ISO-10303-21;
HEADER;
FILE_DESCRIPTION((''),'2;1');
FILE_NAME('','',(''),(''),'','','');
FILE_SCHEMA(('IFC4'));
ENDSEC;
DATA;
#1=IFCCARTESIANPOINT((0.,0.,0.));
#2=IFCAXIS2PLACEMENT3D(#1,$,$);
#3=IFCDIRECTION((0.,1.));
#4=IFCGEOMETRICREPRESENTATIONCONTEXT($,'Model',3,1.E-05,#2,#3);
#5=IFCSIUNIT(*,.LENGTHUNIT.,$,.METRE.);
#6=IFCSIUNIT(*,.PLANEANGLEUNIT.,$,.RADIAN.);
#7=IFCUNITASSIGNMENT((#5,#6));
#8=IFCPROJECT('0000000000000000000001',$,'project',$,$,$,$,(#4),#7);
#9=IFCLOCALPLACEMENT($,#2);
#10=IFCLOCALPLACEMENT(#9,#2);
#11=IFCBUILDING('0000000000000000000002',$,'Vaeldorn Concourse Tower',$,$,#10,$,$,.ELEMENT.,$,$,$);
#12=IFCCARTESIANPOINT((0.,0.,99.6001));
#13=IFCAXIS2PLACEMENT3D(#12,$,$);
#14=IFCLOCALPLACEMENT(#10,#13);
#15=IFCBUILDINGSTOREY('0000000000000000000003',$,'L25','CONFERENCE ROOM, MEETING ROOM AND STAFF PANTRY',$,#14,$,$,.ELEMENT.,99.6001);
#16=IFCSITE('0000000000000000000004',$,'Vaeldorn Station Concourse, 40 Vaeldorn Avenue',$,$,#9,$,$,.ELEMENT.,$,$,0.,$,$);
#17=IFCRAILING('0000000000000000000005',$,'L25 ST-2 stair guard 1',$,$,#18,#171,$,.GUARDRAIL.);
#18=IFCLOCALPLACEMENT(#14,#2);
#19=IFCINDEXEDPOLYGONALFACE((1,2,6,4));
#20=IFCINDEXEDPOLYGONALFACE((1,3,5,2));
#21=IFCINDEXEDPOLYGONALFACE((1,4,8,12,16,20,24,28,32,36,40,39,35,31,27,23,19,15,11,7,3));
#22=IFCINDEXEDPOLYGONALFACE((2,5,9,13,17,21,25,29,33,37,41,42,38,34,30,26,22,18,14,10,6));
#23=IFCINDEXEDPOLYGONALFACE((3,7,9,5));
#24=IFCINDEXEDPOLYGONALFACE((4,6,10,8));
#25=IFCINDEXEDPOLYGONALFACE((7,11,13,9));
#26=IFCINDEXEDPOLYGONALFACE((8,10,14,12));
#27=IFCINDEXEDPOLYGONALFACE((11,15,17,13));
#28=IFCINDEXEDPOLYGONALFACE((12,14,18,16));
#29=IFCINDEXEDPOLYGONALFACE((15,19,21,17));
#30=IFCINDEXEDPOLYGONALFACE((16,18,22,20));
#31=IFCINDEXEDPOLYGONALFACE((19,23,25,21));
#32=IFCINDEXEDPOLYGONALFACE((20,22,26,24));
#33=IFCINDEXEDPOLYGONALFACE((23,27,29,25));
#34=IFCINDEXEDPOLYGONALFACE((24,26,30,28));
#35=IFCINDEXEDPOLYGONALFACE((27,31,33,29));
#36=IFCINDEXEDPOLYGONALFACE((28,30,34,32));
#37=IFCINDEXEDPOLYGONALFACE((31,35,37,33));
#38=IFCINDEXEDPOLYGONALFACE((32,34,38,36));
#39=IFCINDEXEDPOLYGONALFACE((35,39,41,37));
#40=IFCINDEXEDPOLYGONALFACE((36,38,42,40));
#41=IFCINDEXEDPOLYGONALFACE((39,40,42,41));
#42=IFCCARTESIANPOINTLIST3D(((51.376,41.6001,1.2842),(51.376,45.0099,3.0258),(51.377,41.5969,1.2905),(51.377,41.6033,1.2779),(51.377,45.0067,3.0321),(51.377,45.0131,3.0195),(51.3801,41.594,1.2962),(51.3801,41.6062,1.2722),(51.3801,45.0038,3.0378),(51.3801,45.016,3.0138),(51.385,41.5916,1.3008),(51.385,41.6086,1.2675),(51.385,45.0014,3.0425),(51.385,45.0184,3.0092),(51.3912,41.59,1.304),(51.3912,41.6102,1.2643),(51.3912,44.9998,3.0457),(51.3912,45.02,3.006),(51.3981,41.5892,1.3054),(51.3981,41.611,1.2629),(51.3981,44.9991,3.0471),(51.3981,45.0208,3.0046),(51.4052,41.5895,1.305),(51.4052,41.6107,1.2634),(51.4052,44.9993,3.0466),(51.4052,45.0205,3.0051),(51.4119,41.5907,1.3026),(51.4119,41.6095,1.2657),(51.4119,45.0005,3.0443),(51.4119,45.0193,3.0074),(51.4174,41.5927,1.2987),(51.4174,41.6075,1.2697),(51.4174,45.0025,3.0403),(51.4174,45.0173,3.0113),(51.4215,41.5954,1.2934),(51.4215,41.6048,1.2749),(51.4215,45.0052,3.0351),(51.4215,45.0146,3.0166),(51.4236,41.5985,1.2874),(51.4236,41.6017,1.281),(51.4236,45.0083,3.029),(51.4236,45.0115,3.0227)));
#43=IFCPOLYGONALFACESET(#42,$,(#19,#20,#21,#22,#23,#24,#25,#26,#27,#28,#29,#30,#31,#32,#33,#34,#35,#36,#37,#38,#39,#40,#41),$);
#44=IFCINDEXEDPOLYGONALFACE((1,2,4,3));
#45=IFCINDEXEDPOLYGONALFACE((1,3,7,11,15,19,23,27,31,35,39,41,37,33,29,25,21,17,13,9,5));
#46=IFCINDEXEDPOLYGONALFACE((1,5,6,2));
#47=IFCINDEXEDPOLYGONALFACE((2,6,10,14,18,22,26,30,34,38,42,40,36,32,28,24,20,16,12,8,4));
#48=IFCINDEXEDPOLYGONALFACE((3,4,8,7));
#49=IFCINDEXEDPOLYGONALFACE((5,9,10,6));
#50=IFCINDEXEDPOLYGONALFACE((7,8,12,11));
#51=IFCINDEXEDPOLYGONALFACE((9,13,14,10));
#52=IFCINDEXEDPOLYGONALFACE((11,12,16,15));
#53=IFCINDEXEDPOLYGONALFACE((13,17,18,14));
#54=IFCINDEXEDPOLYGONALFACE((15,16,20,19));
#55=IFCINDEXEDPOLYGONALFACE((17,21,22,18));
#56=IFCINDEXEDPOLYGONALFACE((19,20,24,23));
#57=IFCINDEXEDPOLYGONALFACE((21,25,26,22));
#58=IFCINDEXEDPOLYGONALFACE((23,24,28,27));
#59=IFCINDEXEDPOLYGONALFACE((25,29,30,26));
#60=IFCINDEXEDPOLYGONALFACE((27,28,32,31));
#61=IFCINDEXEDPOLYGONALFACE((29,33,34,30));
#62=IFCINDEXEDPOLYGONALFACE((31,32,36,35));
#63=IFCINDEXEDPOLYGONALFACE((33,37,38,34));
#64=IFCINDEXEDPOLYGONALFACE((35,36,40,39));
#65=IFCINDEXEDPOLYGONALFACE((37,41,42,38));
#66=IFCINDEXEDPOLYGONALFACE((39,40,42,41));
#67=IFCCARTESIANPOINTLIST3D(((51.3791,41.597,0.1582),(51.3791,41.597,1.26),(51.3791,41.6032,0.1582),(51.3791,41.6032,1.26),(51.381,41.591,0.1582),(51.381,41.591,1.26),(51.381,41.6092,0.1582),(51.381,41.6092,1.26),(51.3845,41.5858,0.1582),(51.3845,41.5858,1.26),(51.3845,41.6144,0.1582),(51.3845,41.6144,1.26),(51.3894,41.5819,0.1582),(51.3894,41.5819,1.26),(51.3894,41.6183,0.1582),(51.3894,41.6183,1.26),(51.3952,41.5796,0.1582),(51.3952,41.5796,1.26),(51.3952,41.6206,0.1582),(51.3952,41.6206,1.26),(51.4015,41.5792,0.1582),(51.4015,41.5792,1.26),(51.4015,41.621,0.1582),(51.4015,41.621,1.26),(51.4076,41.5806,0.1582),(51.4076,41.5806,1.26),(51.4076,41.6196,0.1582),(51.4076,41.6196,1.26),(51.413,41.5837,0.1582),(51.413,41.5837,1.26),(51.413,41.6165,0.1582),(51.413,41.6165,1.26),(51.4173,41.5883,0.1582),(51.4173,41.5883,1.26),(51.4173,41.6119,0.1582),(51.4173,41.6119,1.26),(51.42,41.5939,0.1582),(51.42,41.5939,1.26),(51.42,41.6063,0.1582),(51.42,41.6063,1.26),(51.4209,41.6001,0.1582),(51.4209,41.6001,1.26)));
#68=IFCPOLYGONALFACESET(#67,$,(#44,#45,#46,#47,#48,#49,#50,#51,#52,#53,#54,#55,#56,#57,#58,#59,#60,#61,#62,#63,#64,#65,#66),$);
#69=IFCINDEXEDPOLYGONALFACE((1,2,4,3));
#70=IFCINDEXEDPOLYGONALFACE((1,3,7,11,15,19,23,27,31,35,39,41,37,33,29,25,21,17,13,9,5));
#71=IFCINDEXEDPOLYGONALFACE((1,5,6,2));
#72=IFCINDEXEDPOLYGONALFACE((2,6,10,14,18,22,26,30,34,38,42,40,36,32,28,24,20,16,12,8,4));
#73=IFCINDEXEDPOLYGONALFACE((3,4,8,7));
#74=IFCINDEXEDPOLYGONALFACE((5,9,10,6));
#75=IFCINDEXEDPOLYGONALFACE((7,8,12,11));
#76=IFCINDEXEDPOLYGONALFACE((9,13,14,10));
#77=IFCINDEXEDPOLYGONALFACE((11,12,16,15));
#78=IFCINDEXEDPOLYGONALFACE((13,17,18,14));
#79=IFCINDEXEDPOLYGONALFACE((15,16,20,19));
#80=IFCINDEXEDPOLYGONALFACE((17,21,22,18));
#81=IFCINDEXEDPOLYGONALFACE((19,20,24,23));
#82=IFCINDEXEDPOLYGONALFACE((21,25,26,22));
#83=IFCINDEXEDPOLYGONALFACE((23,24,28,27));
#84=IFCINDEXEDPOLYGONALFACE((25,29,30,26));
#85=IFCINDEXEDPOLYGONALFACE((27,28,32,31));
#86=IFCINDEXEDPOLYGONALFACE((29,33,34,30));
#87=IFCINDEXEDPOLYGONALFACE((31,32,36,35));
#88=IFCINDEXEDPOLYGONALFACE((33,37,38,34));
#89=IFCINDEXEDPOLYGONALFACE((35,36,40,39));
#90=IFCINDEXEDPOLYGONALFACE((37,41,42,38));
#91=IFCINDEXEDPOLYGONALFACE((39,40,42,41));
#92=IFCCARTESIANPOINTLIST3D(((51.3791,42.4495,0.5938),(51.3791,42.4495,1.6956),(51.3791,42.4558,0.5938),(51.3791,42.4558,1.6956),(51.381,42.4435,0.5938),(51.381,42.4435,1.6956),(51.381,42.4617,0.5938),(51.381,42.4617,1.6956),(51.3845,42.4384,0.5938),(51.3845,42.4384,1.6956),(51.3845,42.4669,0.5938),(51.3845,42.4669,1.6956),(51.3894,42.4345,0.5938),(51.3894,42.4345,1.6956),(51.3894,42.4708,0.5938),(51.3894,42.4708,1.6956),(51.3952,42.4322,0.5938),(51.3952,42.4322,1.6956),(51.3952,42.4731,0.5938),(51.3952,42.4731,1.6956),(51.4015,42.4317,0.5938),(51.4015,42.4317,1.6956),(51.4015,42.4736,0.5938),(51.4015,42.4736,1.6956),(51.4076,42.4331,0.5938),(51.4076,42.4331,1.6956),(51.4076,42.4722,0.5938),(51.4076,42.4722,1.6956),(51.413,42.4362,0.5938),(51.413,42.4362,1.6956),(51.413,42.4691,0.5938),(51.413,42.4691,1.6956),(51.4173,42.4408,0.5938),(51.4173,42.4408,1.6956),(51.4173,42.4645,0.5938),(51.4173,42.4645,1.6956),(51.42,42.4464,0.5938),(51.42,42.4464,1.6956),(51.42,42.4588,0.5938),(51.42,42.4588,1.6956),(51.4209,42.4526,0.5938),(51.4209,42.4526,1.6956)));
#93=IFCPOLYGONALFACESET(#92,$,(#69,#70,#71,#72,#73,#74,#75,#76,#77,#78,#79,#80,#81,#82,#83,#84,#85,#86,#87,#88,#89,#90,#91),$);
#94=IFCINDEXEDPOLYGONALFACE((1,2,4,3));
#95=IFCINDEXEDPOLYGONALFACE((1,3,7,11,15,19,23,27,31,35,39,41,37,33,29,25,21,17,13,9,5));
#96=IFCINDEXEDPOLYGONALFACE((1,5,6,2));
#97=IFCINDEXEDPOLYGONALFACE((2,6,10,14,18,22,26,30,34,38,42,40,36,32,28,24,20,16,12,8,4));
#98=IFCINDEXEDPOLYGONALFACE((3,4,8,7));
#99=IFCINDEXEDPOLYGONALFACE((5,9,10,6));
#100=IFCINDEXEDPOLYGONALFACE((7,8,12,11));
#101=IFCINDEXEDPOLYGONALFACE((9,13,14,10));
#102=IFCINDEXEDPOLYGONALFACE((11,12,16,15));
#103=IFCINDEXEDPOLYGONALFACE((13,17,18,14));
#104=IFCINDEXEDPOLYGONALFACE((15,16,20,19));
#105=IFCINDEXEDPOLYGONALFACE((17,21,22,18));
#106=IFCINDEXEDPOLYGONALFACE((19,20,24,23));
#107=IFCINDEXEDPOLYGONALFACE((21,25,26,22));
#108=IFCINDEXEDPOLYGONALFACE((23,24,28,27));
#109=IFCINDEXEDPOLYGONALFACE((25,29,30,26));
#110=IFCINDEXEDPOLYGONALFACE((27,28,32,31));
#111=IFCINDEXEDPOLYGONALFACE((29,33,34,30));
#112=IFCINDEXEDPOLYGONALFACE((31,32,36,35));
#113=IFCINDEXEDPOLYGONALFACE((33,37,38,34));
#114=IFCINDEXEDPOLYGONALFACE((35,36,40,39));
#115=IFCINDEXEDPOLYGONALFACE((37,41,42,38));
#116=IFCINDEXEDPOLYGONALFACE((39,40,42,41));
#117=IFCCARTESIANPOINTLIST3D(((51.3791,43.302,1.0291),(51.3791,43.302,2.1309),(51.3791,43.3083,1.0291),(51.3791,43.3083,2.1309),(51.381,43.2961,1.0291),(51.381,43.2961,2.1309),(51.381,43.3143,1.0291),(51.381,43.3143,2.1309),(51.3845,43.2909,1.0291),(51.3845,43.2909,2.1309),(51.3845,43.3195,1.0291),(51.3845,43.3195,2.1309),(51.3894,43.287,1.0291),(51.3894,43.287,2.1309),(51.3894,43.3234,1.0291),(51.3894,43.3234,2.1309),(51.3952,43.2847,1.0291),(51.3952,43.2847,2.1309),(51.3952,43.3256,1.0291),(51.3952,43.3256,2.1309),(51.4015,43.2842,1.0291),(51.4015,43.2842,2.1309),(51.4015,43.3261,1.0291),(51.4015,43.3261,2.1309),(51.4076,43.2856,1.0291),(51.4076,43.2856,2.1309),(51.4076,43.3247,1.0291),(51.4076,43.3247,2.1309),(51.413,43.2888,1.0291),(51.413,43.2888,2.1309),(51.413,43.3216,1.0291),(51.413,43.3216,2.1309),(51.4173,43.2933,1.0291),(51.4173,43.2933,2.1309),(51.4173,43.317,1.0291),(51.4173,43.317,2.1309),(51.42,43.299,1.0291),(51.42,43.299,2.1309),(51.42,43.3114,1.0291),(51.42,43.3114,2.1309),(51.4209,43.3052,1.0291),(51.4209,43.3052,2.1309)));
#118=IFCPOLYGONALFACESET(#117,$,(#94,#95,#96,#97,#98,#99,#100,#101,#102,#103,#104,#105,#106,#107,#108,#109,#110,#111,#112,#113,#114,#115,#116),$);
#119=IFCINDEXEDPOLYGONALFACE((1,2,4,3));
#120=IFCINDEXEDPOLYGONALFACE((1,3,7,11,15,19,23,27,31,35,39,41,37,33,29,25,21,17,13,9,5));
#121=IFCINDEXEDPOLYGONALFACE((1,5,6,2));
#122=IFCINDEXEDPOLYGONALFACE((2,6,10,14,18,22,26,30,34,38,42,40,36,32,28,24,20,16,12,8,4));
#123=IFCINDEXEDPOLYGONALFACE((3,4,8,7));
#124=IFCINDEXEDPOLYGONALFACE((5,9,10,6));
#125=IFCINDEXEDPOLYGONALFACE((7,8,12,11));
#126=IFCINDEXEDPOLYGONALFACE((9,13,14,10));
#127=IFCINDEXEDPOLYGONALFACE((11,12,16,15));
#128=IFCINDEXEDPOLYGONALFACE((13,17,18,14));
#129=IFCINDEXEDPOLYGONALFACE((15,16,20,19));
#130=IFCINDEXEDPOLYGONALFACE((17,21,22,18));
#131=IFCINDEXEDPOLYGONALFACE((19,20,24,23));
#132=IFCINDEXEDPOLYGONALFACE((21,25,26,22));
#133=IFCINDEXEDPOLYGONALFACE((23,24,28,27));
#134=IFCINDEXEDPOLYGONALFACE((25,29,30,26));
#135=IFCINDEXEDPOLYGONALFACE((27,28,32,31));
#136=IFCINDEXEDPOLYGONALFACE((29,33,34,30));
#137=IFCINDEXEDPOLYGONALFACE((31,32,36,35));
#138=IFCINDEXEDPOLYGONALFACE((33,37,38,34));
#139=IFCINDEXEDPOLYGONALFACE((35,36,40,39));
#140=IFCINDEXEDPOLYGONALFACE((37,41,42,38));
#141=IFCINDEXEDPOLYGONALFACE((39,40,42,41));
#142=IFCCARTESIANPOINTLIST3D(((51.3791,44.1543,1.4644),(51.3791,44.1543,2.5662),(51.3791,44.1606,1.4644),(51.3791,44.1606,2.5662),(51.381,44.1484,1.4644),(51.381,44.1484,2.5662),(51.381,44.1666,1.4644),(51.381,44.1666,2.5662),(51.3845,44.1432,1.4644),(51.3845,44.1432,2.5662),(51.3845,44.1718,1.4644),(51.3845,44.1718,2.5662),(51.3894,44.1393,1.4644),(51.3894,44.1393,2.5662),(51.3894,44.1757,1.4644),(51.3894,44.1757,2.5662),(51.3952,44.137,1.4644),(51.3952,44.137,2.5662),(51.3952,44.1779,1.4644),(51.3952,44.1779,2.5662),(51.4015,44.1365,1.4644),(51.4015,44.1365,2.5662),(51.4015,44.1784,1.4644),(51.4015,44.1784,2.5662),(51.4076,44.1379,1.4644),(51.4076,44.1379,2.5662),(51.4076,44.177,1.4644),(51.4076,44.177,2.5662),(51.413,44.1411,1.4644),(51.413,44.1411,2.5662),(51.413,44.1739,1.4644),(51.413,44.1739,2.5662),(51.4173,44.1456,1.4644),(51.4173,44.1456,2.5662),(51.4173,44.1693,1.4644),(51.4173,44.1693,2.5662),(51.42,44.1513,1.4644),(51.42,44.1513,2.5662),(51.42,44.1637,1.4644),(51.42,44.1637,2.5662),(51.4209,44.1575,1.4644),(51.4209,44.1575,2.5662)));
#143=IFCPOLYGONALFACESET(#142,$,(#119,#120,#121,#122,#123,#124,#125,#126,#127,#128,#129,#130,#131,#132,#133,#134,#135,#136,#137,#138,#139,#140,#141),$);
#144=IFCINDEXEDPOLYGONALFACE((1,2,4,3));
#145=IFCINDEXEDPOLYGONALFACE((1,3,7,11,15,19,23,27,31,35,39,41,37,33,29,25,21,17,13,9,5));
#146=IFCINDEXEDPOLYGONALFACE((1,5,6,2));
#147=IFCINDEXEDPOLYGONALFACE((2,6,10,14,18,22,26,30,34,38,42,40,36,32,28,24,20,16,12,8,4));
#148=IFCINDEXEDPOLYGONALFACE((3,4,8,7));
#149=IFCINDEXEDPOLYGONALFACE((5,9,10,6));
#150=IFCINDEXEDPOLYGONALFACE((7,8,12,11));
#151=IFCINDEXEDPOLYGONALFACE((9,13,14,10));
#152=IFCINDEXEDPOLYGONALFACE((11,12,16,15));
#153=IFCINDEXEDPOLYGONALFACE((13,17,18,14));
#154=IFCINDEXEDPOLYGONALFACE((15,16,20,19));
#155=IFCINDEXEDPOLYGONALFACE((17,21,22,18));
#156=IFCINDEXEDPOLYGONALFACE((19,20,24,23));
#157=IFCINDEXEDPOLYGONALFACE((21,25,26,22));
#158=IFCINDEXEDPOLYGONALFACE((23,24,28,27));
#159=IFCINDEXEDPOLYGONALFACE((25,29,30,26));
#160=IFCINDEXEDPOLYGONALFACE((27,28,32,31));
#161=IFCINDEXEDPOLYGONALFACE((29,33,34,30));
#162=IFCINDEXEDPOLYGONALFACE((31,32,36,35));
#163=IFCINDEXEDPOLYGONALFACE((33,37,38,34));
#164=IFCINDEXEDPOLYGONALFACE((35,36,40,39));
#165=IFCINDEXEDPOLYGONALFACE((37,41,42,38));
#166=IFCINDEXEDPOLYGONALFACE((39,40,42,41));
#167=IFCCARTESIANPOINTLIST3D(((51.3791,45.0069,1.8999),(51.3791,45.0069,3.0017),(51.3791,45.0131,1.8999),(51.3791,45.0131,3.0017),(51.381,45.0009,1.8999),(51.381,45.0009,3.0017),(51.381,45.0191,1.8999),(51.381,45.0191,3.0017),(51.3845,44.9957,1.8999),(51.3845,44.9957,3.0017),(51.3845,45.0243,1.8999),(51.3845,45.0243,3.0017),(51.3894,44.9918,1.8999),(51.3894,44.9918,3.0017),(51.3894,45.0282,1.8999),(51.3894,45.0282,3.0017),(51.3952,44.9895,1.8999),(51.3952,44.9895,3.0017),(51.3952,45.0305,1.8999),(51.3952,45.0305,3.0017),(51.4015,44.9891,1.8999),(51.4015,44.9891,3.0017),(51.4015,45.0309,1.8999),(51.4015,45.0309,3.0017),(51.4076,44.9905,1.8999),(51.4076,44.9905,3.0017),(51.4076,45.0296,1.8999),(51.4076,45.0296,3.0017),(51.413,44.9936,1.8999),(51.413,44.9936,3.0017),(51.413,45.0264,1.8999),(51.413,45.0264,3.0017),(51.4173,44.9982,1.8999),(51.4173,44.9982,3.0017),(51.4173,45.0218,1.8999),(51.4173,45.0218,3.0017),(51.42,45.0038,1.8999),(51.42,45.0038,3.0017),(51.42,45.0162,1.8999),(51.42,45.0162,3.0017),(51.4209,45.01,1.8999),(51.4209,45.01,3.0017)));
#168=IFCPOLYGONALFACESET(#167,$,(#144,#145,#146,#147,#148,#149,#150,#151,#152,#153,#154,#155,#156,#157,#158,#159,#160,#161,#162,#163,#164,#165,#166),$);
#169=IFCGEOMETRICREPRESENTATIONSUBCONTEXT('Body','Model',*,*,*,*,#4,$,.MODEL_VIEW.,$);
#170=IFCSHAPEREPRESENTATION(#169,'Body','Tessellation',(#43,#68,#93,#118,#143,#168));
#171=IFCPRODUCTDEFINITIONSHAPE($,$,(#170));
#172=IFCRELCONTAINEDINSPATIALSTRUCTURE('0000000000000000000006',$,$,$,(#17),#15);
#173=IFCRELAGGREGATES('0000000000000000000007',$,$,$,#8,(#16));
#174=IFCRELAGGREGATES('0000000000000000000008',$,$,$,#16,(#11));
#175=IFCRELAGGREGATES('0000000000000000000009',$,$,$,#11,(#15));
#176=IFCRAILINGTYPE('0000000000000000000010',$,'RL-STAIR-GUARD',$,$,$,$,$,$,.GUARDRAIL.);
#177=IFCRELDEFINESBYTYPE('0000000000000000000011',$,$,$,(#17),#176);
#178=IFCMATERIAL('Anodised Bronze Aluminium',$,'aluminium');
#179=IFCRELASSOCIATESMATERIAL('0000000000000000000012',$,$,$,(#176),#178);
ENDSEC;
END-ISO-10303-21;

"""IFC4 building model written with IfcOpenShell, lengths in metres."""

from ifc_helpers import new_model, si_unit, direction, frame, origin, origin_2d, place, context, subcontext, project, spatial, circle, extrude, material, type_object, element, save


model = new_model("IFC4")

# Units and contexts
model_context = context("Model", 3, precision=1e-05, world=origin(), true_north=direction((0.0, 1.0)))
body_context = subcontext(model_context, "Body", "Model", "MODEL_VIEW")
ifc_project = project(units=[si_unit("LENGTHUNIT", "METRE"), si_unit("PLANEANGLEUNIT", "RADIAN")], contexts=[model_context])

# Site, building, storey
site_placement = place(None, origin())
site = spatial("IfcSite", under=ifc_project, at=site_placement, Name="Vaeldorn Station Concourse, 40 Vaeldorn Avenue", CompositionType="ELEMENT", RefElevation=0.0)
building_placement = place(site_placement, origin())
building = spatial("IfcBuilding", under=site, at=building_placement, Name="Vaeldorn Concourse Tower", CompositionType="ELEMENT")
storey_placement = place(building_placement, frame((0.0, 0.0, 99.6001)))
storey = spatial("IfcBuildingStorey", under=building, at=storey_placement, Name="L25", Description="CONFERENCE ROOM, MEETING ROOM AND STAFF PANTRY", CompositionType="ELEMENT", Elevation=99.6001)

# Shared definitions
ifc_material_1 = material(Name="Anodised Bronze Aluminium", Category="aluminium")

# Railing
railing_type_1 = type_object("IfcRailingType", Name="RL-STAIR-GUARD", PredefinedType="GUARDRAIL", material=ifc_material_1)
railing_1_placement = place(storey_placement, frame((51.3999, 41.6001, 0.1582)))
element("IfcRailing", 1, at=railing_1_placement, inside=storey, type_object=railing_type_1, Name="L25 ST-2 stair guard 1", PredefinedType="GUARDRAIL", context=body_context, shape_type="SweptSolid", body=[
    extrude(circle(Radius=0.0239, at=origin_2d()), frame((0.0, 0.0, 1.126), z_axis=(0.0, 0.890556, 0.454874), x_axis=(-1.0, 0.0, 0.0)), (0.0, 0.0, 1.0), 3.8289),
    extrude(circle(Radius=0.021, at=origin_2d()), origin(), (0.0, 0.0, 1.0), 1.1018),
    extrude(circle(Radius=0.021, at=origin_2d()), frame((0.0, 0.8525, 0.4355)), (0.0, 0.0, 1.0), 1.1018),
    extrude(circle(Radius=0.021, at=origin_2d()), frame((0.0, 1.7051, 0.8708)), (0.0, 0.0, 1.0), 1.1018),
    extrude(circle(Radius=0.021, at=origin_2d()), frame((0.0, 2.5574, 1.3062)), (0.0, 0.0, 1.0), 1.1018),
    extrude(circle(Radius=0.021, at=origin_2d()), frame((0.0, 3.4099, 1.7417)), (0.0, 0.0, 1.0), 1.1018),
])

save(model, "model.ifc")
